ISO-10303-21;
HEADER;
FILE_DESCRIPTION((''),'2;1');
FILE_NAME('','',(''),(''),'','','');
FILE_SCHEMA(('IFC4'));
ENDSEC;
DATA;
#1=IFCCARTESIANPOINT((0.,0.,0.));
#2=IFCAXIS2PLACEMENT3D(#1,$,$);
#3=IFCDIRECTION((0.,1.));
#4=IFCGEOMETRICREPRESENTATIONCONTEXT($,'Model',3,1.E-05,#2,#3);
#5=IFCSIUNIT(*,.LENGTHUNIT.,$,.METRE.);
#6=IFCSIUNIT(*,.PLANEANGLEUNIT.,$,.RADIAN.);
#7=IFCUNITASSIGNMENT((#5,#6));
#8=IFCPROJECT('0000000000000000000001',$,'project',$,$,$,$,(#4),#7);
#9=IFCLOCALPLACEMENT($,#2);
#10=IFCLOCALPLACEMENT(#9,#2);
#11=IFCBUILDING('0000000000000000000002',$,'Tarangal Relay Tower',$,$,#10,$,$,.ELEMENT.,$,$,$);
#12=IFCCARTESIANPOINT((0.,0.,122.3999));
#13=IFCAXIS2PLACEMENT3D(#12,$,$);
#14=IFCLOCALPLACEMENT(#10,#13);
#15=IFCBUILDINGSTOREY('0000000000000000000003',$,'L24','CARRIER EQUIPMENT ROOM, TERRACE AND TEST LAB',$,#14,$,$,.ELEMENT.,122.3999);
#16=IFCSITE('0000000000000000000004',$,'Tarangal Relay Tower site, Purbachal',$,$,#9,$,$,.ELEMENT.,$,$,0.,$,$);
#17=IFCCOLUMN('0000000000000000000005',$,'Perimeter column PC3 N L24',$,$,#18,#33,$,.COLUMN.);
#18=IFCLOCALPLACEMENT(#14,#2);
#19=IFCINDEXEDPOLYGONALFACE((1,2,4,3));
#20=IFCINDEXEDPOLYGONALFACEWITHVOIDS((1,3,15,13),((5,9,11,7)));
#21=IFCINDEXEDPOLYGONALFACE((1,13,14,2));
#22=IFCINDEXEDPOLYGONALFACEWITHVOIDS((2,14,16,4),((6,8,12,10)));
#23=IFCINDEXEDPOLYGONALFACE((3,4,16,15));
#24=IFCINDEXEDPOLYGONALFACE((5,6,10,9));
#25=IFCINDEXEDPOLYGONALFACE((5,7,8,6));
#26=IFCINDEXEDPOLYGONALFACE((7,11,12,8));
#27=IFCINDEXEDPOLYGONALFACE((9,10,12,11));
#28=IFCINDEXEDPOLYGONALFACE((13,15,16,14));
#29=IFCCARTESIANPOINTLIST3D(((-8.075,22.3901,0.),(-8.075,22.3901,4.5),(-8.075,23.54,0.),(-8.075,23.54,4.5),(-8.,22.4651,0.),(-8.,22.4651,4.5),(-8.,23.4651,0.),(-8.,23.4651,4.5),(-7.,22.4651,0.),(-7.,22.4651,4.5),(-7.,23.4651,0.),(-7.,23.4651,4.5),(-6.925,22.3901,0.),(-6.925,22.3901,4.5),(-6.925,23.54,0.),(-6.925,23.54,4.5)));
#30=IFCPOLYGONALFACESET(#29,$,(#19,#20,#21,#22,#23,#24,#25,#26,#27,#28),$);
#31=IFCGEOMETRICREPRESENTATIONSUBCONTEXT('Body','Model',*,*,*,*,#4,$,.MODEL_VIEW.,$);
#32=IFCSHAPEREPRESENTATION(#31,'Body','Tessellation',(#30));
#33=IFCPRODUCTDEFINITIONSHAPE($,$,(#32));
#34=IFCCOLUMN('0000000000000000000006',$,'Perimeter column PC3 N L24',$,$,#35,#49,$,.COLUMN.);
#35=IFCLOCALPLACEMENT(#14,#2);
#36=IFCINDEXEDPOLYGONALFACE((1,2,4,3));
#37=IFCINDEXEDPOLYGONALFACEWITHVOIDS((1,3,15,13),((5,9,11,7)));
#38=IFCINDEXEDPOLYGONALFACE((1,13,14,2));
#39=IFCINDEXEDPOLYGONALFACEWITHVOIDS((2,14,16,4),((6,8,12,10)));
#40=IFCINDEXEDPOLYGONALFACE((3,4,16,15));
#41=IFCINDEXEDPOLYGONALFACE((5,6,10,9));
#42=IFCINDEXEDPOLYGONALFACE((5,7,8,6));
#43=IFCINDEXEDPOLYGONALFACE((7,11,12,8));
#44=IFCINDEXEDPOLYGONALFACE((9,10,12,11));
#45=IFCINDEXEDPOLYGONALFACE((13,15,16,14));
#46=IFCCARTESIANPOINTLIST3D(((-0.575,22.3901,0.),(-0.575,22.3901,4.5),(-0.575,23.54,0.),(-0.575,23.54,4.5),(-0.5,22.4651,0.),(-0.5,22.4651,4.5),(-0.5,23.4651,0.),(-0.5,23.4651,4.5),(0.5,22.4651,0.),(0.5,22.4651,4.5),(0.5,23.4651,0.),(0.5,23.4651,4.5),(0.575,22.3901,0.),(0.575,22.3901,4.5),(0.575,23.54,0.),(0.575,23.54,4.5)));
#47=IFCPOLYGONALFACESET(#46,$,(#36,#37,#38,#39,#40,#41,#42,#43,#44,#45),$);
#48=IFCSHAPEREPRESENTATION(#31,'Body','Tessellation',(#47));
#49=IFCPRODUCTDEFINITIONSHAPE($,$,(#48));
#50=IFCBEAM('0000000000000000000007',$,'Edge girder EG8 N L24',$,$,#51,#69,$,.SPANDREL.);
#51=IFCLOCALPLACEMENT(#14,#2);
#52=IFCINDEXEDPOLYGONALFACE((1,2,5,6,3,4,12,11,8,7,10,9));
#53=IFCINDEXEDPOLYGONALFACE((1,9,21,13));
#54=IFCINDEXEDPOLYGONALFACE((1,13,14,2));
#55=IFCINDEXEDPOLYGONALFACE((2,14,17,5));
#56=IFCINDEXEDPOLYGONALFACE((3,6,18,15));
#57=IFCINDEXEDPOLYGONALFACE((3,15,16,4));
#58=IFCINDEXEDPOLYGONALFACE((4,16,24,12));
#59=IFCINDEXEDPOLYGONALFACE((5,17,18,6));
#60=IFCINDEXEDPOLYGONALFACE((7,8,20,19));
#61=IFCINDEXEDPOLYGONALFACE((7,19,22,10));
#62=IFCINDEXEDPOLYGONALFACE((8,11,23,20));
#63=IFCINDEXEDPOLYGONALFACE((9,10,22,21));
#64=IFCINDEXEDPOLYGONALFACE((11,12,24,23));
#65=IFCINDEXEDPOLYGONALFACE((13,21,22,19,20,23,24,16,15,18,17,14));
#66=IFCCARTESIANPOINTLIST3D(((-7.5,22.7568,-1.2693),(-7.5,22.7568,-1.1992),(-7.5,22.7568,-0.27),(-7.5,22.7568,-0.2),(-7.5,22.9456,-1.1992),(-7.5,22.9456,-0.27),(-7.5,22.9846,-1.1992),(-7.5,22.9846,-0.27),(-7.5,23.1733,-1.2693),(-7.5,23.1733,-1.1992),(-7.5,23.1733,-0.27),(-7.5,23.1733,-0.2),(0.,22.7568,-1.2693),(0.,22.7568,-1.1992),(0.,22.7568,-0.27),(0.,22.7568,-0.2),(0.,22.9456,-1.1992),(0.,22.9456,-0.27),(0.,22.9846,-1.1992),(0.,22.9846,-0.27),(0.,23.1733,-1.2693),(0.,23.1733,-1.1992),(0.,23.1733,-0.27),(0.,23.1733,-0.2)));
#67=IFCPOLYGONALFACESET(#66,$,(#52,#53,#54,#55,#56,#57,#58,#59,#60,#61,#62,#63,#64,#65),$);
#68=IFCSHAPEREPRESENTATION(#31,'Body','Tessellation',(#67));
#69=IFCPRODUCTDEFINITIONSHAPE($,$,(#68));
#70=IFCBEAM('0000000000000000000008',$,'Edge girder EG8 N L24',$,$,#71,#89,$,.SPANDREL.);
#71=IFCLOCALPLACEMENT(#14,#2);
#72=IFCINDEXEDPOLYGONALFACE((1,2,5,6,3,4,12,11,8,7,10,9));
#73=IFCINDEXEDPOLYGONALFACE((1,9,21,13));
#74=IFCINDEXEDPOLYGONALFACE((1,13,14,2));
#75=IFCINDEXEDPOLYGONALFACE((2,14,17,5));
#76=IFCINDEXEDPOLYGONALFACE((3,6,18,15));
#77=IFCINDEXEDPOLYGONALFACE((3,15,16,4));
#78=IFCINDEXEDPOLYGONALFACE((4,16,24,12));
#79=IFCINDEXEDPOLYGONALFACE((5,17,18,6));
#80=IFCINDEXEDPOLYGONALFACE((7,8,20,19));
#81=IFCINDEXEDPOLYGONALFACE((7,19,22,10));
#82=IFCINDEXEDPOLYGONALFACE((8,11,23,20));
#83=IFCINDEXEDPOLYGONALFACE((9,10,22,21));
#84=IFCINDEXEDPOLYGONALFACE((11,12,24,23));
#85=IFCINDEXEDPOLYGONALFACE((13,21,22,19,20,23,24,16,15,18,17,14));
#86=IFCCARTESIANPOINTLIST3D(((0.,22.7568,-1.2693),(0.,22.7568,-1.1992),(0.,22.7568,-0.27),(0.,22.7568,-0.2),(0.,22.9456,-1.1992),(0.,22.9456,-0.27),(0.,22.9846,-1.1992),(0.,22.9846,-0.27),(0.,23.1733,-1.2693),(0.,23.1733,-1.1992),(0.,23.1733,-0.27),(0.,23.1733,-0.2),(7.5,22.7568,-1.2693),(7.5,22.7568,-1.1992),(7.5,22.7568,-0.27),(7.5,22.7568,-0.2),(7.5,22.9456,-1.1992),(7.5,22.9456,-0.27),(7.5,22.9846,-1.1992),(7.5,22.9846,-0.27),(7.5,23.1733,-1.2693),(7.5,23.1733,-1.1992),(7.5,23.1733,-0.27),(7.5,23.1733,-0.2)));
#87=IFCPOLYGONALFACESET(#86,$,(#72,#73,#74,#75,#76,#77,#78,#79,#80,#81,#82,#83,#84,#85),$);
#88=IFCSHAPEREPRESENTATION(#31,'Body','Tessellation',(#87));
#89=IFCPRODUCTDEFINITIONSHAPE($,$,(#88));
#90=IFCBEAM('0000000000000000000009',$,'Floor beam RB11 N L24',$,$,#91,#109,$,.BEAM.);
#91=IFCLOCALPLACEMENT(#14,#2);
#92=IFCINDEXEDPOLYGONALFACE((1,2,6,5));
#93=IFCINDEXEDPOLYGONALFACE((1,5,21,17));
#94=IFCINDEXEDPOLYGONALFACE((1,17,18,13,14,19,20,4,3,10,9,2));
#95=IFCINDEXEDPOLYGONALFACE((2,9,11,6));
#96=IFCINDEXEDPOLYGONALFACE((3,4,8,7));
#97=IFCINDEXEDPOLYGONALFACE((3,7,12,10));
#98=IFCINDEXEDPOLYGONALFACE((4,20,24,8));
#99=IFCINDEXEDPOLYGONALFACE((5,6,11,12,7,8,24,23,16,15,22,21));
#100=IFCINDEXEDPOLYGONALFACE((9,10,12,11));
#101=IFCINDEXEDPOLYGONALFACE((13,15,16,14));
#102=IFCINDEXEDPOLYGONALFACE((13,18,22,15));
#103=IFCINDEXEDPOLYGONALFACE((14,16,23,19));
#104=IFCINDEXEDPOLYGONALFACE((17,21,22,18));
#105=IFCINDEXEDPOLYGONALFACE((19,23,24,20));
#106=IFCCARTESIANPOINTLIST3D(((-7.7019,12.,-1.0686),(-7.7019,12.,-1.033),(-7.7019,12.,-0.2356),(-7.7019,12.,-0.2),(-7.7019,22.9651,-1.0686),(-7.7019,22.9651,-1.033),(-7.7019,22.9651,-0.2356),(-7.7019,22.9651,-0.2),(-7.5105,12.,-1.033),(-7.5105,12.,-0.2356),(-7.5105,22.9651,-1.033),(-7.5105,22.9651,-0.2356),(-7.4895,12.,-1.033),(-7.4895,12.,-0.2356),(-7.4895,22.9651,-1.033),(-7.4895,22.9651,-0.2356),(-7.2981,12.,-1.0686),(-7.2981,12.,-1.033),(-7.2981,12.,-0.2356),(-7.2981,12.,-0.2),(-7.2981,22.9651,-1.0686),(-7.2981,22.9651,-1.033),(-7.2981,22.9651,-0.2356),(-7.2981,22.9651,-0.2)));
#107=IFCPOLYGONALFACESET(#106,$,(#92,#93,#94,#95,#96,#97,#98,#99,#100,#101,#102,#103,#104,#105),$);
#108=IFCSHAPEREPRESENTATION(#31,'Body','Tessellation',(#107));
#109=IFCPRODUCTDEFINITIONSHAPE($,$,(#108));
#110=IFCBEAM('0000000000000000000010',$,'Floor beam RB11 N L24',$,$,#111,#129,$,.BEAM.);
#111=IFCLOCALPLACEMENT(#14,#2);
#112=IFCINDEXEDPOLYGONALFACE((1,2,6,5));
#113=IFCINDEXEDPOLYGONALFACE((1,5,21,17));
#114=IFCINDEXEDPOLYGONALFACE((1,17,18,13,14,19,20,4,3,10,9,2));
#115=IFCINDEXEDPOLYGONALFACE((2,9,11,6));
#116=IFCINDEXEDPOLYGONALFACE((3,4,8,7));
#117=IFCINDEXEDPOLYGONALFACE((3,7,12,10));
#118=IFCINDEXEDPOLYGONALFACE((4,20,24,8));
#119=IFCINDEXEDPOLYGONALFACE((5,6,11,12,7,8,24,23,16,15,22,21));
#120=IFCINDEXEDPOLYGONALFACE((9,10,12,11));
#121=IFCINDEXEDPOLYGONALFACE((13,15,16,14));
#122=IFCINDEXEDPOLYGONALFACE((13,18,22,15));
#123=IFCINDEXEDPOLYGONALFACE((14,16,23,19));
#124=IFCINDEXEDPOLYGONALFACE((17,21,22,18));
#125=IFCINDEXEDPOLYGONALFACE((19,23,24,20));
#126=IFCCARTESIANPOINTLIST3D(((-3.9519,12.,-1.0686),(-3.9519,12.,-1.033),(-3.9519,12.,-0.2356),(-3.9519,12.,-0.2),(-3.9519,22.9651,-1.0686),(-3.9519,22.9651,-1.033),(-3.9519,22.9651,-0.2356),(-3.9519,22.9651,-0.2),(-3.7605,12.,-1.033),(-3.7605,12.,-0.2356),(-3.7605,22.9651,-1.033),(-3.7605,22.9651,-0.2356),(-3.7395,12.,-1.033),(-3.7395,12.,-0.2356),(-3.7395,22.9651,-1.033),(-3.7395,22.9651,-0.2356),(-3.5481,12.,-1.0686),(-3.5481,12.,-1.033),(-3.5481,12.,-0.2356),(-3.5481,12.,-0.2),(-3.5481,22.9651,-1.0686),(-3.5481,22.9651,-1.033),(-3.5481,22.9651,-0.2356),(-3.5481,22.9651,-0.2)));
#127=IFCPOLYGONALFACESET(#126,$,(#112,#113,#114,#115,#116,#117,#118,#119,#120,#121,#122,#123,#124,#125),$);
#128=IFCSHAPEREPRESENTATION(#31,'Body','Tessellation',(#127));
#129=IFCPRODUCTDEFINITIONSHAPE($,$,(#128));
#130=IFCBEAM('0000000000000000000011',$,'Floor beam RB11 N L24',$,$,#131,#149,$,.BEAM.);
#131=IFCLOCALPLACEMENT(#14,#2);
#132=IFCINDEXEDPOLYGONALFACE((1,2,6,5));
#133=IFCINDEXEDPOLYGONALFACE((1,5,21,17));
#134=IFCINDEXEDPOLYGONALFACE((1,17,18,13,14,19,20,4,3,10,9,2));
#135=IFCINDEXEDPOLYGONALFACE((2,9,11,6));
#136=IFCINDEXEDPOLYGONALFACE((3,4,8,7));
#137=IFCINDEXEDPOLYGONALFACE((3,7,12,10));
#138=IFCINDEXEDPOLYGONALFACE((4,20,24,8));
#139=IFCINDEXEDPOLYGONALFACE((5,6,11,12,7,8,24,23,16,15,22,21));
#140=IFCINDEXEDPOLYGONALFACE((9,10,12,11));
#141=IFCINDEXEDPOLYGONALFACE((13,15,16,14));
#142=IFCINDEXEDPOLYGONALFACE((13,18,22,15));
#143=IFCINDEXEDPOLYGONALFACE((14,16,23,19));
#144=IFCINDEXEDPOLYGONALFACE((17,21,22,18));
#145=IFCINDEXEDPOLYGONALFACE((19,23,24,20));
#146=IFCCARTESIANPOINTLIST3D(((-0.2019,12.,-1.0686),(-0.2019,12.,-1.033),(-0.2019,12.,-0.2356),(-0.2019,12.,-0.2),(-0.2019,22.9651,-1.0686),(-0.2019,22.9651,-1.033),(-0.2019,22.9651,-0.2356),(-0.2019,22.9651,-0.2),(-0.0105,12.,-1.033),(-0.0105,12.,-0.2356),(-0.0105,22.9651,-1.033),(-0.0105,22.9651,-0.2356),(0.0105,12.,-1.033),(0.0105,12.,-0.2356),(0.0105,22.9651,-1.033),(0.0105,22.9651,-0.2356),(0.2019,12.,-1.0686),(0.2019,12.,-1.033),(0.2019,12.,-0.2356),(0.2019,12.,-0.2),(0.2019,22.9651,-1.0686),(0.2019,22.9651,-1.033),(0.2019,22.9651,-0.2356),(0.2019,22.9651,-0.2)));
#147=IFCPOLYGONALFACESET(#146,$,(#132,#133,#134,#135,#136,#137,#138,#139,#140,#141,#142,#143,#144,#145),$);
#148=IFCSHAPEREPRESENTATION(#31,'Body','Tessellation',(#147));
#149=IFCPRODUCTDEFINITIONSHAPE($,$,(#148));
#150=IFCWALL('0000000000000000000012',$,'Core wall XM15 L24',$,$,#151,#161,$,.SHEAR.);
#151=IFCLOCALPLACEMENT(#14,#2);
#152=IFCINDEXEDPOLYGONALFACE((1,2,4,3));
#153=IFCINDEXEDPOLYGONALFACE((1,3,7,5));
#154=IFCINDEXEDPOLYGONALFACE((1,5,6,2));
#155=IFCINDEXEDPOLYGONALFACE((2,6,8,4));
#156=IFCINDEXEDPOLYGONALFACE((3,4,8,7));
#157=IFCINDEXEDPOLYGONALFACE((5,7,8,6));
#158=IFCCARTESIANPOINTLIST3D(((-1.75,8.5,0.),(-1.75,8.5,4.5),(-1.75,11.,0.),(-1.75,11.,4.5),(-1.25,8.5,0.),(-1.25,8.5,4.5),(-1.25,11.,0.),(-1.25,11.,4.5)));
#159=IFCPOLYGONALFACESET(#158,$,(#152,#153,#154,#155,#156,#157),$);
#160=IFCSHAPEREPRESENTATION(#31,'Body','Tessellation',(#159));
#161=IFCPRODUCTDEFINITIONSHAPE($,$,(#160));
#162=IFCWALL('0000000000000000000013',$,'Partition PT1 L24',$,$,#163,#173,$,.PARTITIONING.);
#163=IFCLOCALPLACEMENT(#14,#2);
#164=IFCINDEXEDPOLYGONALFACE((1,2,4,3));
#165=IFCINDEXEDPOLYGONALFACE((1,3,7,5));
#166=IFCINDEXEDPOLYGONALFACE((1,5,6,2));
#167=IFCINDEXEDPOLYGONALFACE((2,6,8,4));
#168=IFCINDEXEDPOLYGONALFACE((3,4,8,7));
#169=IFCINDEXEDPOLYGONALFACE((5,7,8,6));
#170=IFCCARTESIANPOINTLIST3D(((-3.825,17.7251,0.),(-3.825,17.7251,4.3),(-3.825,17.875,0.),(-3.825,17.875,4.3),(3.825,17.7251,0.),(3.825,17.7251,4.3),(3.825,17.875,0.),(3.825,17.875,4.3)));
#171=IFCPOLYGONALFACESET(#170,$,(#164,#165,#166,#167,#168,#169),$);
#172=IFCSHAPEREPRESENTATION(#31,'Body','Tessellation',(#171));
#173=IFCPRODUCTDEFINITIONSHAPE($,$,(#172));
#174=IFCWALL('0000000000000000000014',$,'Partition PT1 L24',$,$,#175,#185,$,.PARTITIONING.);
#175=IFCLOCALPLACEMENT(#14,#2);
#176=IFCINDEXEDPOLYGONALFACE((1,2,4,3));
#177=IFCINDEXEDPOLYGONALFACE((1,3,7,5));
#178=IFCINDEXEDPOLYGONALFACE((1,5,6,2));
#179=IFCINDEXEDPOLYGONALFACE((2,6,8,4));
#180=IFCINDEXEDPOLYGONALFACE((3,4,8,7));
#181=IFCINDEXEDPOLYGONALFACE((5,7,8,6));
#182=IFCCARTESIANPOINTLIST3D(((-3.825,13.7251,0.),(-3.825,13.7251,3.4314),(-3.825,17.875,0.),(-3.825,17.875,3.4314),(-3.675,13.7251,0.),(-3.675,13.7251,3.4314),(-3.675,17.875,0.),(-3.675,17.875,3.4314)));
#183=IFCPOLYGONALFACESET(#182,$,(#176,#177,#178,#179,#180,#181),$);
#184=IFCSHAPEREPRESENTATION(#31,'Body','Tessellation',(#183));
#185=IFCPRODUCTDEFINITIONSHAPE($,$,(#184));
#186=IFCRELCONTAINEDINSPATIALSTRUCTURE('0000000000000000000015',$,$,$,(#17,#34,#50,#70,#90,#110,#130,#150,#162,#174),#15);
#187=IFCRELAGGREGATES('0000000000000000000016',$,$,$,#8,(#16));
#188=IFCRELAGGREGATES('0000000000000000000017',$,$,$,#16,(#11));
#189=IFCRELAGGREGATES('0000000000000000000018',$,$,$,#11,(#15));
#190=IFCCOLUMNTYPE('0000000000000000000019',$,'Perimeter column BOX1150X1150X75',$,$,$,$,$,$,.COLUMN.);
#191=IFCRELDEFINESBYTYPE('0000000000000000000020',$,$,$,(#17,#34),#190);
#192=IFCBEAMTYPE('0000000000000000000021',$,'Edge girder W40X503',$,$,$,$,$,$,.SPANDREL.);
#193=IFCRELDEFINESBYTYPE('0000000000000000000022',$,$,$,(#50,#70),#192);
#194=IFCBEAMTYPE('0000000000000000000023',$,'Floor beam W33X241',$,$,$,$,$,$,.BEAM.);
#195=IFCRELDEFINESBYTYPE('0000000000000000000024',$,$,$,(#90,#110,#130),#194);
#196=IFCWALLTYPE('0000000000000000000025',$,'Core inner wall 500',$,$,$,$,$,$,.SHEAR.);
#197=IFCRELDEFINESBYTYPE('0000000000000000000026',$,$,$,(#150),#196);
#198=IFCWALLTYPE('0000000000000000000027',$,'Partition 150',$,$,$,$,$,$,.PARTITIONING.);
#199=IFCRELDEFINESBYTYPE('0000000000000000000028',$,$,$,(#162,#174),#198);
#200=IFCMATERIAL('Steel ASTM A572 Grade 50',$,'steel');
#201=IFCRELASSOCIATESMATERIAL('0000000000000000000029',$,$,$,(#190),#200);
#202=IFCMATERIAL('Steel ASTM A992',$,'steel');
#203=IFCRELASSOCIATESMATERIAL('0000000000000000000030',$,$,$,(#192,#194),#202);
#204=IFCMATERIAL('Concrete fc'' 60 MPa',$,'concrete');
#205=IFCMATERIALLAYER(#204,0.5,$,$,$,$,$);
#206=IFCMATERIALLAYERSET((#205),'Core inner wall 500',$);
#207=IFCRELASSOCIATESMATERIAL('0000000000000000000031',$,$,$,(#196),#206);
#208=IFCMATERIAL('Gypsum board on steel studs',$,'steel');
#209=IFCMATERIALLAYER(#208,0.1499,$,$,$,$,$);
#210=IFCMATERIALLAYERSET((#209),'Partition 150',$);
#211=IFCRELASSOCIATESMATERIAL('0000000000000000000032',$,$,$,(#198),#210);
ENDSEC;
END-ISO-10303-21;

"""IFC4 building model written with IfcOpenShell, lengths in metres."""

from ifc_helpers import new_model, si_unit, direction, frame, frame_2d, origin, origin_2d, place, context, subcontext, project, spatial, rectangle, hollow_rectangle, i_section, extrude, material, layer, layer_set, material_profile, profile_set, type_object, element, save


model = new_model("IFC4")

# Units and contexts
model_context = context("Model", 3, precision=1e-05, world=origin(), true_north=direction((0.0, 1.0)))
body_context = subcontext(model_context, "Body", "Model", "MODEL_VIEW")
ifc_project = project(units=[si_unit("LENGTHUNIT", "METRE"), si_unit("PLANEANGLEUNIT", "RADIAN")], contexts=[model_context])

# Site, building, storey
site_placement = place(None, origin())
site = spatial("IfcSite", under=ifc_project, at=site_placement, Name="Tarangal Relay Tower site, Purbachal", CompositionType="ELEMENT", RefElevation=0.0)
building_placement = place(site_placement, origin())
building = spatial("IfcBuilding", under=site, at=building_placement, Name="Tarangal Relay Tower", CompositionType="ELEMENT")
storey_placement = place(building_placement, frame((0.0, 0.0, 122.3999)))
storey = spatial("IfcBuildingStorey", under=building, at=storey_placement, Name="L24", Description="CARRIER EQUIPMENT ROOM, TERRACE AND TEST LAB", CompositionType="ELEMENT", Elevation=122.3999)

# Columns
ifc_material_1 = material(Name="Steel ASTM A572 Grade 50", Category="steel")
ifc_material_profile_1 = material_profile(ifc_material_1, hollow_rectangle(XDim=1.1499, YDim=1.1499, WallThickness=0.075, at=origin_2d()), Name="BOX1150X1150X75")
ifc_profile_set_1 = profile_set([ifc_material_profile_1], Name="Steel ASTM A572 Grade 50")
column_type = type_object("IfcColumnType", Name="Perimeter column BOX1150X1150X75", PredefinedType="COLUMN", material=ifc_profile_set_1)
for number, where, z_axis, x_axis, name in (
    (1, (-7.5, 22.9651, 0.0), (0.0, 0.0, 1.0), (1.0, 0.0, 0.0), "Perimeter column PC3 N L24"),
    (2, (0.0, 22.9651, 0.0), (0.0, 0.0, 1.0), (1.0, 0.0, 0.0), "Perimeter column PC3 N L24"),
):
    element("IfcColumn", number, at=place(storey_placement, frame(where, z_axis=z_axis, x_axis=x_axis)), inside=storey, type_object=column_type, Name=name, PredefinedType="COLUMN", context=body_context, shape_type="SweptSolid", body=[
        extrude(hollow_rectangle(XDim=1.1499, YDim=1.1499, WallThickness=0.075, at=origin_2d()), origin(), (0.0, 0.0, 1.0), 4.5),
    ])

# Beams
ifc_material_2 = material(Name="Steel ASTM A992", Category="steel")
ifc_material_profile_2 = material_profile(ifc_material_2, i_section(OverallWidth=0.4165, OverallDepth=1.0693, WebThickness=0.0391, FlangeThickness=0.0701, at=origin_2d()), Name="W40X503")
ifc_profile_set_2 = profile_set([ifc_material_profile_2], Name="Steel ASTM A992")
beam_type_1 = type_object("IfcBeamType", Name="Edge girder W40X503", PredefinedType="SPANDREL", material=ifc_profile_set_2)
for number, where, z_axis, x_axis, name in (
    (3, (-7.5, 22.9651, -0.7346), (1.0, 0.0, 0.0), (0.0, 1.0, 0.0), "Edge girder EG8 N L24"),
    (4, (0.0, 22.9651, -0.7346), (1.0, 0.0, 0.0), (0.0, 1.0, 0.0), "Edge girder EG8 N L24"),
):
    element("IfcBeam", number, at=place(storey_placement, frame(where, z_axis=z_axis, x_axis=x_axis)), inside=storey, type_object=beam_type_1, Name=name, PredefinedType="SPANDREL", context=body_context, shape_type="SweptSolid", body=[
        extrude(i_section(OverallWidth=0.4165, OverallDepth=1.0693, WebThickness=0.0391, FlangeThickness=0.0701, at=origin_2d()), origin(), (0.0, 0.0, 1.0), 7.5),
    ])
ifc_material_profile_3 = material_profile(ifc_material_2, i_section(OverallWidth=0.4038, OverallDepth=0.8687, WebThickness=0.021, FlangeThickness=0.0356, at=origin_2d()), Name="W33X241")
ifc_profile_set_3 = profile_set([ifc_material_profile_3], Name="Steel ASTM A992")
beam_type_2 = type_object("IfcBeamType", Name="Floor beam W33X241", PredefinedType="BEAM", material=ifc_profile_set_3)
for number, where, z_axis, x_axis, name in (
    (5, (-7.5, 12.0, -0.6343), (0.0, 1.0, 0.0), (-1.0, 0.0, 0.0), "Floor beam RB11 N L24"),
    (6, (-3.75, 12.0, -0.6343), (0.0, 1.0, 0.0), (-1.0, 0.0, 0.0), "Floor beam RB11 N L24"),
    (7, (0.0, 12.0, -0.6343), (0.0, 1.0, 0.0), (-1.0, 0.0, 0.0), "Floor beam RB11 N L24"),
):
    element("IfcBeam", number, at=place(storey_placement, frame(where, z_axis=z_axis, x_axis=x_axis)), inside=storey, type_object=beam_type_2, Name=name, PredefinedType="BEAM", context=body_context, shape_type="SweptSolid", body=[
        extrude(i_section(OverallWidth=0.4038, OverallDepth=0.8687, WebThickness=0.021, FlangeThickness=0.0356, at=origin_2d()), origin(), (0.0, 0.0, 1.0), 10.9651),
    ])

# Walls
ifc_material_3 = material(Name="Concrete fc' 60 MPa", Category="concrete")
ifc_layer_1 = layer(ifc_material_3, 0.5)
ifc_layer_set_1 = layer_set([ifc_layer_1], Name="Core inner wall 500")
wall_type_1 = type_object("IfcWallType", Name="Core inner wall 500", PredefinedType="SHEAR", material=ifc_layer_set_1)
wall_1_placement = place(storey_placement, frame((-1.5, 8.5, 0.0), z_axis=(0.0, 0.0, 1.0), x_axis=(0.0, 1.0, 0.0)))
element("IfcWall", 8, at=wall_1_placement, inside=storey, type_object=wall_type_1, Name="Core wall XM15 L24", PredefinedType="SHEAR", context=body_context, shape_type="SweptSolid", body=[
    extrude(rectangle(XDim=2.5, YDim=0.5, at=frame_2d((1.25, 0.0))), origin(), (0.0, 0.0, 1.0), 4.5),
])
ifc_material_4 = material(Name="Gypsum board on steel studs", Category="steel")
ifc_layer_2 = layer(ifc_material_4, 0.1499)
ifc_layer_set_2 = layer_set([ifc_layer_2], Name="Partition 150")
wall_type_2 = type_object("IfcWallType", Name="Partition 150", PredefinedType="PARTITIONING", material=ifc_layer_set_2)
wall_2_placement = place(storey_placement, frame((-3.825, 17.8, 0.0), z_axis=(0.0, 0.0, 1.0), x_axis=(1.0, 0.0, 0.0)))
element("IfcWall", 9, at=wall_2_placement, inside=storey, type_object=wall_type_2, Name="Partition PT1 L24", PredefinedType="PARTITIONING", context=body_context, shape_type="SweptSolid", body=[
    extrude(rectangle(XDim=7.6499, YDim=0.1499, at=frame_2d((3.825, 0.0))), origin(), (0.0, 0.0, 1.0), 4.3),
])
wall_3_placement = place(storey_placement, frame((-3.75, 13.7251, 0.0), z_axis=(0.0, 0.0, 1.0), x_axis=(0.0, 1.0, 0.0)))
element("IfcWall", 10, at=wall_3_placement, inside=storey, type_object=wall_type_2, Name="Partition PT1 L24", PredefinedType="PARTITIONING", context=body_context, shape_type="SweptSolid", body=[
    extrude(rectangle(XDim=4.1499, YDim=0.1499, at=frame_2d((2.075, 0.0))), origin(), (0.0, 0.0, 1.0), 3.4314),
])

save(model, "model.ifc")
